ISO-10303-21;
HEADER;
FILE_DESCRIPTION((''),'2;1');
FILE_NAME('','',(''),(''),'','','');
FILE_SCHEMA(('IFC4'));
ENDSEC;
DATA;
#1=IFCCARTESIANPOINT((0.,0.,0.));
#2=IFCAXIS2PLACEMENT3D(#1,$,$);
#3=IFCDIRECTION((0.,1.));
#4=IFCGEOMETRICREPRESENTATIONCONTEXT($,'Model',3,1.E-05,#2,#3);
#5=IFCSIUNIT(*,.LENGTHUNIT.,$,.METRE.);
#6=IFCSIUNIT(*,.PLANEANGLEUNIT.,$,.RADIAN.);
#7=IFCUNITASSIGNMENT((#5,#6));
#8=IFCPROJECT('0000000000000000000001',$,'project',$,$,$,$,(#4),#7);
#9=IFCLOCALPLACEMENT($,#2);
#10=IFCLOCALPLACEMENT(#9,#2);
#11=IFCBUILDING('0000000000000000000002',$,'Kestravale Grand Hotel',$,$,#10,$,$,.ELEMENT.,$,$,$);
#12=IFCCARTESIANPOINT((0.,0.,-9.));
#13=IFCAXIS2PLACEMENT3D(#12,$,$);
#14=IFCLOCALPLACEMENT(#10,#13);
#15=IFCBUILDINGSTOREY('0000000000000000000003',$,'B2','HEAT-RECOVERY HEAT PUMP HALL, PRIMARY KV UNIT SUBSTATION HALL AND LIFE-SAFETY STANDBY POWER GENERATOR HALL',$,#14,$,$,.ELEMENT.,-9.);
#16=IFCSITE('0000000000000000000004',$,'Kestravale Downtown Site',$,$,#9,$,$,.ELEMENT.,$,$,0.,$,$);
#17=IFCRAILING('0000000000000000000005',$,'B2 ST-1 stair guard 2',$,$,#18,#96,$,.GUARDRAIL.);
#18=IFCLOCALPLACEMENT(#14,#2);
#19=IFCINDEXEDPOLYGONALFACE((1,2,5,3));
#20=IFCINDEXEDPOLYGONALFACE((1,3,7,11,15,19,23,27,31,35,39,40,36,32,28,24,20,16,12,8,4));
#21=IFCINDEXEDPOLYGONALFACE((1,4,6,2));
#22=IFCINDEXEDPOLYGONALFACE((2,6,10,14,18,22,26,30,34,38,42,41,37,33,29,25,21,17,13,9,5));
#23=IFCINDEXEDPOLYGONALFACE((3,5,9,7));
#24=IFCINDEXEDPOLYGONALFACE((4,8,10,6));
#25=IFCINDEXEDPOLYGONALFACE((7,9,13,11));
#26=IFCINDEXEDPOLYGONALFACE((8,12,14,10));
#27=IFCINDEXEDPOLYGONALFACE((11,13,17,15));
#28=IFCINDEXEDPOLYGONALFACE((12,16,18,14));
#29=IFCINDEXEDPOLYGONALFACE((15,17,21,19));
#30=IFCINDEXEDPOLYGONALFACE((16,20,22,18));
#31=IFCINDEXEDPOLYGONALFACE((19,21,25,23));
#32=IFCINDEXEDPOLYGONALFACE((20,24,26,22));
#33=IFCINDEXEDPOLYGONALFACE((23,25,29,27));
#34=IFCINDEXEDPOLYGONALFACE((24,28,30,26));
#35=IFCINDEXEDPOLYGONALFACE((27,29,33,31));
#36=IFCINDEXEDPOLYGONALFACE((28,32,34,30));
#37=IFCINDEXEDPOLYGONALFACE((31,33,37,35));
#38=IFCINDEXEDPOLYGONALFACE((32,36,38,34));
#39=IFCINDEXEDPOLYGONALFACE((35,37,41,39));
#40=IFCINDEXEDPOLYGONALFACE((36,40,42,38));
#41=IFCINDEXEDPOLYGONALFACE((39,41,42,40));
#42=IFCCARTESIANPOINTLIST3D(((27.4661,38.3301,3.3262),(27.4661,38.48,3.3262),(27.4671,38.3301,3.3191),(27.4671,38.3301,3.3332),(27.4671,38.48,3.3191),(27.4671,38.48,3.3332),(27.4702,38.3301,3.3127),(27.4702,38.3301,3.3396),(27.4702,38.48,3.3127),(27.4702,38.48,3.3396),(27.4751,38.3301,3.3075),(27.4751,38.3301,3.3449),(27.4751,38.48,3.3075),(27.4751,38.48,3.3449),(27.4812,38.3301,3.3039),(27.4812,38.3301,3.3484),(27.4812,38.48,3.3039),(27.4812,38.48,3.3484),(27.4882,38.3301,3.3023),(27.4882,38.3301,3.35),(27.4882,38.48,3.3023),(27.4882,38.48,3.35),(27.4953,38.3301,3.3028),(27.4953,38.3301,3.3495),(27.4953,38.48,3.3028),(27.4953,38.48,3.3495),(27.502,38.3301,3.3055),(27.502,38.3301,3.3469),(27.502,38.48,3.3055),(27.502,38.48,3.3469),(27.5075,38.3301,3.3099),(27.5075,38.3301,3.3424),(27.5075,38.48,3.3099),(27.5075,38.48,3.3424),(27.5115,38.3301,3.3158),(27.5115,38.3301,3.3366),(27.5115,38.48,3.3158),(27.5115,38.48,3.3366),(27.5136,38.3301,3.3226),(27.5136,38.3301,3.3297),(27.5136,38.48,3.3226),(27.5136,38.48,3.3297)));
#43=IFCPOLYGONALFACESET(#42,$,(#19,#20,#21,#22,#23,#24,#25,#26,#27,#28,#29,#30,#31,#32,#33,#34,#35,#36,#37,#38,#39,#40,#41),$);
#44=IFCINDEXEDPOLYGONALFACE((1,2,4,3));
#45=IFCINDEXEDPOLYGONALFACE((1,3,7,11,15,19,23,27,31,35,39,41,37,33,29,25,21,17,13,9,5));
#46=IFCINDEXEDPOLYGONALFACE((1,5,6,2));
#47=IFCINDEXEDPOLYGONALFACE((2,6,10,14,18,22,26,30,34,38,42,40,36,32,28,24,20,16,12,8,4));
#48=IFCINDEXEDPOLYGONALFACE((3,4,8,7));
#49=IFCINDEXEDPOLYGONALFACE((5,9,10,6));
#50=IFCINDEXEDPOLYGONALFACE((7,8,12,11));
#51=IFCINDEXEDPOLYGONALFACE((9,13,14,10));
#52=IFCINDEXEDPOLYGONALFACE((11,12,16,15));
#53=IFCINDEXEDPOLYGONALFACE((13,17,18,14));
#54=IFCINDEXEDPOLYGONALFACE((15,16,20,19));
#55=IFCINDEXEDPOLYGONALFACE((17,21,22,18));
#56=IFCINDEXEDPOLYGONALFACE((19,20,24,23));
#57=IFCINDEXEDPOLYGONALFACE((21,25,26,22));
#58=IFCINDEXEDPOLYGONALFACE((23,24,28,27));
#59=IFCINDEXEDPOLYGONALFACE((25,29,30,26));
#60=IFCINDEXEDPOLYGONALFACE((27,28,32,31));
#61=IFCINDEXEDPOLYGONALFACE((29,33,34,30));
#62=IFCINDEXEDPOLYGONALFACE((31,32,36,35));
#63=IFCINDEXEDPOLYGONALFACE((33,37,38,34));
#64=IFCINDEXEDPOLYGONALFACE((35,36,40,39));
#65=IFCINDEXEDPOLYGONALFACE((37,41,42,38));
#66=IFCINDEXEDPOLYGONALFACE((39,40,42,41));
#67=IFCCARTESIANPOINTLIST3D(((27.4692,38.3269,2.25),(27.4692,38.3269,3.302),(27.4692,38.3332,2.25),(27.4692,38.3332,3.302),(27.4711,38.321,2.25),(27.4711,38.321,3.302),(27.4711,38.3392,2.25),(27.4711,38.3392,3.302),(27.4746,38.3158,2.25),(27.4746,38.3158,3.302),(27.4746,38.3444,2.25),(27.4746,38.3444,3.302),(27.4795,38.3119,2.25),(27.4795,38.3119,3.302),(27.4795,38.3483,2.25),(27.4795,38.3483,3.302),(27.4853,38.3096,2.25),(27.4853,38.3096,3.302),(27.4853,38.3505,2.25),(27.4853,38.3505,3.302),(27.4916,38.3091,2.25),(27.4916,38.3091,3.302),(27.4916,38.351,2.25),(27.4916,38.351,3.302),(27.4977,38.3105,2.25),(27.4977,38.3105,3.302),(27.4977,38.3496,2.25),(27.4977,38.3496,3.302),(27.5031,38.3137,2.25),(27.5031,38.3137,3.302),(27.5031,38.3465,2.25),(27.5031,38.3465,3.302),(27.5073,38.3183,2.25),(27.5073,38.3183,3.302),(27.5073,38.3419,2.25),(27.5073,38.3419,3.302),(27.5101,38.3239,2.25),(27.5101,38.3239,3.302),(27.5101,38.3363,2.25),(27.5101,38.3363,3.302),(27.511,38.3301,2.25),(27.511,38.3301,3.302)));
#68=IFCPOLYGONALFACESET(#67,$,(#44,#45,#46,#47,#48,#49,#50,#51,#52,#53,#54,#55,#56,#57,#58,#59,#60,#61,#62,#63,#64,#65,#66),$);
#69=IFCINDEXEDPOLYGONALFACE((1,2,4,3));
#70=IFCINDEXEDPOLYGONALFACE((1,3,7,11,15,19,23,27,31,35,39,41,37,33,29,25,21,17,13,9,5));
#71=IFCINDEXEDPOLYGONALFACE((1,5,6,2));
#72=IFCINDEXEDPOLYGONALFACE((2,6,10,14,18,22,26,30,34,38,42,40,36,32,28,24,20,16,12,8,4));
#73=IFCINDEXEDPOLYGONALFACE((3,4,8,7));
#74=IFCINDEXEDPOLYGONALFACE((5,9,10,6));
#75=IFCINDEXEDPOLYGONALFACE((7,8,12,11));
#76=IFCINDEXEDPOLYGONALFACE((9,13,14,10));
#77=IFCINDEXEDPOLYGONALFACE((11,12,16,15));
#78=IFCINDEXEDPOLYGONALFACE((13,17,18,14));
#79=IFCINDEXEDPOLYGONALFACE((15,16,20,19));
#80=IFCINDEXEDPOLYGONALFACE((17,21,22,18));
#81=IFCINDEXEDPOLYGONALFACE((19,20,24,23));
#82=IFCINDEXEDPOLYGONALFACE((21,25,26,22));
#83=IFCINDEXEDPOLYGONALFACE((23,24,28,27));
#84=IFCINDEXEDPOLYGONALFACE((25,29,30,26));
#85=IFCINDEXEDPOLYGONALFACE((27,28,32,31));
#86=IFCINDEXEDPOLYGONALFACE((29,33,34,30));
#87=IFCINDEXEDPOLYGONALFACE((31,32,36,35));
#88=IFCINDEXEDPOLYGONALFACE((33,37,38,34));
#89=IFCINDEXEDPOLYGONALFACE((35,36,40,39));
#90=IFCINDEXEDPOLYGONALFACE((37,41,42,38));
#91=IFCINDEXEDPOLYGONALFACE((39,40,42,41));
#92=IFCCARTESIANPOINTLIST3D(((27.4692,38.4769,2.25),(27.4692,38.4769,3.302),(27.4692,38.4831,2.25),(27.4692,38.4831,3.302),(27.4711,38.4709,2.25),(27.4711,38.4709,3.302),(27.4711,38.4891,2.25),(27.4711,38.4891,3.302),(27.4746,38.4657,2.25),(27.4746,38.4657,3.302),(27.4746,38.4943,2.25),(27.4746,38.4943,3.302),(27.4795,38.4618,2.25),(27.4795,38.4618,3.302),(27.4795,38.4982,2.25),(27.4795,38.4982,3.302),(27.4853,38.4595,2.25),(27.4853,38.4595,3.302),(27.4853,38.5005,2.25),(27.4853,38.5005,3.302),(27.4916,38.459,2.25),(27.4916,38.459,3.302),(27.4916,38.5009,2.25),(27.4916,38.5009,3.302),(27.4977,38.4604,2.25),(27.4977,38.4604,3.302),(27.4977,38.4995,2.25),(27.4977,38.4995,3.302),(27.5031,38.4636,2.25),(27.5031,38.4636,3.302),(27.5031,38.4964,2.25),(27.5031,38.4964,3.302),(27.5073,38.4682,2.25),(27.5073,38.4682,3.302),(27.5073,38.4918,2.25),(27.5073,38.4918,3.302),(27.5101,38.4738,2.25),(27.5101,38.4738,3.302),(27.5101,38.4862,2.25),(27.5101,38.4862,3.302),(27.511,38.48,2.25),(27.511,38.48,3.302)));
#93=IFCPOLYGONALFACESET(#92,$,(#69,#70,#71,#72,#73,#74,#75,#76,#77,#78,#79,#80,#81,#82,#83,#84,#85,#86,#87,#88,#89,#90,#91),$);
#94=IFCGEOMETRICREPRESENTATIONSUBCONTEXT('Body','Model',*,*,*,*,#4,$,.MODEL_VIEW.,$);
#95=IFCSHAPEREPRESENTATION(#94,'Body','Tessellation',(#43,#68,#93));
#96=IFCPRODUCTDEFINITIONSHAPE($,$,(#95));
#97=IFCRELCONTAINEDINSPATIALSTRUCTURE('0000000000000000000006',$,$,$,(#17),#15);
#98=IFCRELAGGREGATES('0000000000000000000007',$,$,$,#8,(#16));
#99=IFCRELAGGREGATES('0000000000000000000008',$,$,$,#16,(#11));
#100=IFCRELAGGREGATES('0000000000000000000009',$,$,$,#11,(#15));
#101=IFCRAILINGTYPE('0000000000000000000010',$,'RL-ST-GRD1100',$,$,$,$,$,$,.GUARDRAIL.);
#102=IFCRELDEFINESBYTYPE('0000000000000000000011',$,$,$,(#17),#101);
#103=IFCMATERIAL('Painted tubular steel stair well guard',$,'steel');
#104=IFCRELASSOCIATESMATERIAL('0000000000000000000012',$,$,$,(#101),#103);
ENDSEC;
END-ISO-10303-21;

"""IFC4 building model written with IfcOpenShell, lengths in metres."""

from ifc_helpers import new_model, si_unit, direction, frame, origin, origin_2d, place, context, subcontext, project, spatial, circle, extrude, material, type_object, element, save


model = new_model("IFC4")

# Units and contexts
model_context = context("Model", 3, precision=1e-05, world=origin(), true_north=direction((0.0, 1.0)))
body_context = subcontext(model_context, "Body", "Model", "MODEL_VIEW")
ifc_project = project(units=[si_unit("LENGTHUNIT", "METRE"), si_unit("PLANEANGLEUNIT", "RADIAN")], contexts=[model_context])

# Site, building, storey
site_placement = place(None, origin())
site = spatial("IfcSite", under=ifc_project, at=site_placement, Name="Kestravale Downtown Site", CompositionType="ELEMENT", RefElevation=0.0)
building_placement = place(site_placement, origin())
building = spatial("IfcBuilding", under=site, at=building_placement, Name="Kestravale Grand Hotel", CompositionType="ELEMENT")
storey_placement = place(building_placement, frame((0.0, 0.0, -9.0)))
storey = spatial("IfcBuildingStorey", under=building, at=storey_placement, Name="B2", Description="HEAT-RECOVERY HEAT PUMP HALL, PRIMARY KV UNIT SUBSTATION HALL AND LIFE-SAFETY STANDBY POWER GENERATOR HALL", CompositionType="ELEMENT", Elevation=-9.0)

# Railing
ifc_material_1 = material(Name="Painted tubular steel stair well guard", Category="steel")
railing_type_1 = type_object("IfcRailingType", Name="RL-ST-GRD1100", PredefinedType="GUARDRAIL", material=ifc_material_1)
railing_1_placement = place(storey_placement, frame((27.49, 38.3301, 2.25)))
element("IfcRailing", 1, at=railing_1_placement, inside=storey, type_object=railing_type_1, Name="B2 ST-1 stair guard 2", PredefinedType="GUARDRAIL", context=body_context, shape_type="SweptSolid", body=[
    extrude(circle(Radius=0.0239, at=origin_2d()), frame((0.0, 0.0, 1.0762), z_axis=(0.0, 1.0, 0.0), x_axis=(-1.0, 0.0, 0.0)), (0.0, 0.0, 1.0), 0.1499),
    extrude(circle(Radius=0.021, at=origin_2d()), origin(), (0.0, 0.0, 1.0), 1.052),
    extrude(circle(Radius=0.021, at=origin_2d()), frame((0.0, 0.1499, 0.0)), (0.0, 0.0, 1.0), 1.052),
])

save(model, "model.ifc")
